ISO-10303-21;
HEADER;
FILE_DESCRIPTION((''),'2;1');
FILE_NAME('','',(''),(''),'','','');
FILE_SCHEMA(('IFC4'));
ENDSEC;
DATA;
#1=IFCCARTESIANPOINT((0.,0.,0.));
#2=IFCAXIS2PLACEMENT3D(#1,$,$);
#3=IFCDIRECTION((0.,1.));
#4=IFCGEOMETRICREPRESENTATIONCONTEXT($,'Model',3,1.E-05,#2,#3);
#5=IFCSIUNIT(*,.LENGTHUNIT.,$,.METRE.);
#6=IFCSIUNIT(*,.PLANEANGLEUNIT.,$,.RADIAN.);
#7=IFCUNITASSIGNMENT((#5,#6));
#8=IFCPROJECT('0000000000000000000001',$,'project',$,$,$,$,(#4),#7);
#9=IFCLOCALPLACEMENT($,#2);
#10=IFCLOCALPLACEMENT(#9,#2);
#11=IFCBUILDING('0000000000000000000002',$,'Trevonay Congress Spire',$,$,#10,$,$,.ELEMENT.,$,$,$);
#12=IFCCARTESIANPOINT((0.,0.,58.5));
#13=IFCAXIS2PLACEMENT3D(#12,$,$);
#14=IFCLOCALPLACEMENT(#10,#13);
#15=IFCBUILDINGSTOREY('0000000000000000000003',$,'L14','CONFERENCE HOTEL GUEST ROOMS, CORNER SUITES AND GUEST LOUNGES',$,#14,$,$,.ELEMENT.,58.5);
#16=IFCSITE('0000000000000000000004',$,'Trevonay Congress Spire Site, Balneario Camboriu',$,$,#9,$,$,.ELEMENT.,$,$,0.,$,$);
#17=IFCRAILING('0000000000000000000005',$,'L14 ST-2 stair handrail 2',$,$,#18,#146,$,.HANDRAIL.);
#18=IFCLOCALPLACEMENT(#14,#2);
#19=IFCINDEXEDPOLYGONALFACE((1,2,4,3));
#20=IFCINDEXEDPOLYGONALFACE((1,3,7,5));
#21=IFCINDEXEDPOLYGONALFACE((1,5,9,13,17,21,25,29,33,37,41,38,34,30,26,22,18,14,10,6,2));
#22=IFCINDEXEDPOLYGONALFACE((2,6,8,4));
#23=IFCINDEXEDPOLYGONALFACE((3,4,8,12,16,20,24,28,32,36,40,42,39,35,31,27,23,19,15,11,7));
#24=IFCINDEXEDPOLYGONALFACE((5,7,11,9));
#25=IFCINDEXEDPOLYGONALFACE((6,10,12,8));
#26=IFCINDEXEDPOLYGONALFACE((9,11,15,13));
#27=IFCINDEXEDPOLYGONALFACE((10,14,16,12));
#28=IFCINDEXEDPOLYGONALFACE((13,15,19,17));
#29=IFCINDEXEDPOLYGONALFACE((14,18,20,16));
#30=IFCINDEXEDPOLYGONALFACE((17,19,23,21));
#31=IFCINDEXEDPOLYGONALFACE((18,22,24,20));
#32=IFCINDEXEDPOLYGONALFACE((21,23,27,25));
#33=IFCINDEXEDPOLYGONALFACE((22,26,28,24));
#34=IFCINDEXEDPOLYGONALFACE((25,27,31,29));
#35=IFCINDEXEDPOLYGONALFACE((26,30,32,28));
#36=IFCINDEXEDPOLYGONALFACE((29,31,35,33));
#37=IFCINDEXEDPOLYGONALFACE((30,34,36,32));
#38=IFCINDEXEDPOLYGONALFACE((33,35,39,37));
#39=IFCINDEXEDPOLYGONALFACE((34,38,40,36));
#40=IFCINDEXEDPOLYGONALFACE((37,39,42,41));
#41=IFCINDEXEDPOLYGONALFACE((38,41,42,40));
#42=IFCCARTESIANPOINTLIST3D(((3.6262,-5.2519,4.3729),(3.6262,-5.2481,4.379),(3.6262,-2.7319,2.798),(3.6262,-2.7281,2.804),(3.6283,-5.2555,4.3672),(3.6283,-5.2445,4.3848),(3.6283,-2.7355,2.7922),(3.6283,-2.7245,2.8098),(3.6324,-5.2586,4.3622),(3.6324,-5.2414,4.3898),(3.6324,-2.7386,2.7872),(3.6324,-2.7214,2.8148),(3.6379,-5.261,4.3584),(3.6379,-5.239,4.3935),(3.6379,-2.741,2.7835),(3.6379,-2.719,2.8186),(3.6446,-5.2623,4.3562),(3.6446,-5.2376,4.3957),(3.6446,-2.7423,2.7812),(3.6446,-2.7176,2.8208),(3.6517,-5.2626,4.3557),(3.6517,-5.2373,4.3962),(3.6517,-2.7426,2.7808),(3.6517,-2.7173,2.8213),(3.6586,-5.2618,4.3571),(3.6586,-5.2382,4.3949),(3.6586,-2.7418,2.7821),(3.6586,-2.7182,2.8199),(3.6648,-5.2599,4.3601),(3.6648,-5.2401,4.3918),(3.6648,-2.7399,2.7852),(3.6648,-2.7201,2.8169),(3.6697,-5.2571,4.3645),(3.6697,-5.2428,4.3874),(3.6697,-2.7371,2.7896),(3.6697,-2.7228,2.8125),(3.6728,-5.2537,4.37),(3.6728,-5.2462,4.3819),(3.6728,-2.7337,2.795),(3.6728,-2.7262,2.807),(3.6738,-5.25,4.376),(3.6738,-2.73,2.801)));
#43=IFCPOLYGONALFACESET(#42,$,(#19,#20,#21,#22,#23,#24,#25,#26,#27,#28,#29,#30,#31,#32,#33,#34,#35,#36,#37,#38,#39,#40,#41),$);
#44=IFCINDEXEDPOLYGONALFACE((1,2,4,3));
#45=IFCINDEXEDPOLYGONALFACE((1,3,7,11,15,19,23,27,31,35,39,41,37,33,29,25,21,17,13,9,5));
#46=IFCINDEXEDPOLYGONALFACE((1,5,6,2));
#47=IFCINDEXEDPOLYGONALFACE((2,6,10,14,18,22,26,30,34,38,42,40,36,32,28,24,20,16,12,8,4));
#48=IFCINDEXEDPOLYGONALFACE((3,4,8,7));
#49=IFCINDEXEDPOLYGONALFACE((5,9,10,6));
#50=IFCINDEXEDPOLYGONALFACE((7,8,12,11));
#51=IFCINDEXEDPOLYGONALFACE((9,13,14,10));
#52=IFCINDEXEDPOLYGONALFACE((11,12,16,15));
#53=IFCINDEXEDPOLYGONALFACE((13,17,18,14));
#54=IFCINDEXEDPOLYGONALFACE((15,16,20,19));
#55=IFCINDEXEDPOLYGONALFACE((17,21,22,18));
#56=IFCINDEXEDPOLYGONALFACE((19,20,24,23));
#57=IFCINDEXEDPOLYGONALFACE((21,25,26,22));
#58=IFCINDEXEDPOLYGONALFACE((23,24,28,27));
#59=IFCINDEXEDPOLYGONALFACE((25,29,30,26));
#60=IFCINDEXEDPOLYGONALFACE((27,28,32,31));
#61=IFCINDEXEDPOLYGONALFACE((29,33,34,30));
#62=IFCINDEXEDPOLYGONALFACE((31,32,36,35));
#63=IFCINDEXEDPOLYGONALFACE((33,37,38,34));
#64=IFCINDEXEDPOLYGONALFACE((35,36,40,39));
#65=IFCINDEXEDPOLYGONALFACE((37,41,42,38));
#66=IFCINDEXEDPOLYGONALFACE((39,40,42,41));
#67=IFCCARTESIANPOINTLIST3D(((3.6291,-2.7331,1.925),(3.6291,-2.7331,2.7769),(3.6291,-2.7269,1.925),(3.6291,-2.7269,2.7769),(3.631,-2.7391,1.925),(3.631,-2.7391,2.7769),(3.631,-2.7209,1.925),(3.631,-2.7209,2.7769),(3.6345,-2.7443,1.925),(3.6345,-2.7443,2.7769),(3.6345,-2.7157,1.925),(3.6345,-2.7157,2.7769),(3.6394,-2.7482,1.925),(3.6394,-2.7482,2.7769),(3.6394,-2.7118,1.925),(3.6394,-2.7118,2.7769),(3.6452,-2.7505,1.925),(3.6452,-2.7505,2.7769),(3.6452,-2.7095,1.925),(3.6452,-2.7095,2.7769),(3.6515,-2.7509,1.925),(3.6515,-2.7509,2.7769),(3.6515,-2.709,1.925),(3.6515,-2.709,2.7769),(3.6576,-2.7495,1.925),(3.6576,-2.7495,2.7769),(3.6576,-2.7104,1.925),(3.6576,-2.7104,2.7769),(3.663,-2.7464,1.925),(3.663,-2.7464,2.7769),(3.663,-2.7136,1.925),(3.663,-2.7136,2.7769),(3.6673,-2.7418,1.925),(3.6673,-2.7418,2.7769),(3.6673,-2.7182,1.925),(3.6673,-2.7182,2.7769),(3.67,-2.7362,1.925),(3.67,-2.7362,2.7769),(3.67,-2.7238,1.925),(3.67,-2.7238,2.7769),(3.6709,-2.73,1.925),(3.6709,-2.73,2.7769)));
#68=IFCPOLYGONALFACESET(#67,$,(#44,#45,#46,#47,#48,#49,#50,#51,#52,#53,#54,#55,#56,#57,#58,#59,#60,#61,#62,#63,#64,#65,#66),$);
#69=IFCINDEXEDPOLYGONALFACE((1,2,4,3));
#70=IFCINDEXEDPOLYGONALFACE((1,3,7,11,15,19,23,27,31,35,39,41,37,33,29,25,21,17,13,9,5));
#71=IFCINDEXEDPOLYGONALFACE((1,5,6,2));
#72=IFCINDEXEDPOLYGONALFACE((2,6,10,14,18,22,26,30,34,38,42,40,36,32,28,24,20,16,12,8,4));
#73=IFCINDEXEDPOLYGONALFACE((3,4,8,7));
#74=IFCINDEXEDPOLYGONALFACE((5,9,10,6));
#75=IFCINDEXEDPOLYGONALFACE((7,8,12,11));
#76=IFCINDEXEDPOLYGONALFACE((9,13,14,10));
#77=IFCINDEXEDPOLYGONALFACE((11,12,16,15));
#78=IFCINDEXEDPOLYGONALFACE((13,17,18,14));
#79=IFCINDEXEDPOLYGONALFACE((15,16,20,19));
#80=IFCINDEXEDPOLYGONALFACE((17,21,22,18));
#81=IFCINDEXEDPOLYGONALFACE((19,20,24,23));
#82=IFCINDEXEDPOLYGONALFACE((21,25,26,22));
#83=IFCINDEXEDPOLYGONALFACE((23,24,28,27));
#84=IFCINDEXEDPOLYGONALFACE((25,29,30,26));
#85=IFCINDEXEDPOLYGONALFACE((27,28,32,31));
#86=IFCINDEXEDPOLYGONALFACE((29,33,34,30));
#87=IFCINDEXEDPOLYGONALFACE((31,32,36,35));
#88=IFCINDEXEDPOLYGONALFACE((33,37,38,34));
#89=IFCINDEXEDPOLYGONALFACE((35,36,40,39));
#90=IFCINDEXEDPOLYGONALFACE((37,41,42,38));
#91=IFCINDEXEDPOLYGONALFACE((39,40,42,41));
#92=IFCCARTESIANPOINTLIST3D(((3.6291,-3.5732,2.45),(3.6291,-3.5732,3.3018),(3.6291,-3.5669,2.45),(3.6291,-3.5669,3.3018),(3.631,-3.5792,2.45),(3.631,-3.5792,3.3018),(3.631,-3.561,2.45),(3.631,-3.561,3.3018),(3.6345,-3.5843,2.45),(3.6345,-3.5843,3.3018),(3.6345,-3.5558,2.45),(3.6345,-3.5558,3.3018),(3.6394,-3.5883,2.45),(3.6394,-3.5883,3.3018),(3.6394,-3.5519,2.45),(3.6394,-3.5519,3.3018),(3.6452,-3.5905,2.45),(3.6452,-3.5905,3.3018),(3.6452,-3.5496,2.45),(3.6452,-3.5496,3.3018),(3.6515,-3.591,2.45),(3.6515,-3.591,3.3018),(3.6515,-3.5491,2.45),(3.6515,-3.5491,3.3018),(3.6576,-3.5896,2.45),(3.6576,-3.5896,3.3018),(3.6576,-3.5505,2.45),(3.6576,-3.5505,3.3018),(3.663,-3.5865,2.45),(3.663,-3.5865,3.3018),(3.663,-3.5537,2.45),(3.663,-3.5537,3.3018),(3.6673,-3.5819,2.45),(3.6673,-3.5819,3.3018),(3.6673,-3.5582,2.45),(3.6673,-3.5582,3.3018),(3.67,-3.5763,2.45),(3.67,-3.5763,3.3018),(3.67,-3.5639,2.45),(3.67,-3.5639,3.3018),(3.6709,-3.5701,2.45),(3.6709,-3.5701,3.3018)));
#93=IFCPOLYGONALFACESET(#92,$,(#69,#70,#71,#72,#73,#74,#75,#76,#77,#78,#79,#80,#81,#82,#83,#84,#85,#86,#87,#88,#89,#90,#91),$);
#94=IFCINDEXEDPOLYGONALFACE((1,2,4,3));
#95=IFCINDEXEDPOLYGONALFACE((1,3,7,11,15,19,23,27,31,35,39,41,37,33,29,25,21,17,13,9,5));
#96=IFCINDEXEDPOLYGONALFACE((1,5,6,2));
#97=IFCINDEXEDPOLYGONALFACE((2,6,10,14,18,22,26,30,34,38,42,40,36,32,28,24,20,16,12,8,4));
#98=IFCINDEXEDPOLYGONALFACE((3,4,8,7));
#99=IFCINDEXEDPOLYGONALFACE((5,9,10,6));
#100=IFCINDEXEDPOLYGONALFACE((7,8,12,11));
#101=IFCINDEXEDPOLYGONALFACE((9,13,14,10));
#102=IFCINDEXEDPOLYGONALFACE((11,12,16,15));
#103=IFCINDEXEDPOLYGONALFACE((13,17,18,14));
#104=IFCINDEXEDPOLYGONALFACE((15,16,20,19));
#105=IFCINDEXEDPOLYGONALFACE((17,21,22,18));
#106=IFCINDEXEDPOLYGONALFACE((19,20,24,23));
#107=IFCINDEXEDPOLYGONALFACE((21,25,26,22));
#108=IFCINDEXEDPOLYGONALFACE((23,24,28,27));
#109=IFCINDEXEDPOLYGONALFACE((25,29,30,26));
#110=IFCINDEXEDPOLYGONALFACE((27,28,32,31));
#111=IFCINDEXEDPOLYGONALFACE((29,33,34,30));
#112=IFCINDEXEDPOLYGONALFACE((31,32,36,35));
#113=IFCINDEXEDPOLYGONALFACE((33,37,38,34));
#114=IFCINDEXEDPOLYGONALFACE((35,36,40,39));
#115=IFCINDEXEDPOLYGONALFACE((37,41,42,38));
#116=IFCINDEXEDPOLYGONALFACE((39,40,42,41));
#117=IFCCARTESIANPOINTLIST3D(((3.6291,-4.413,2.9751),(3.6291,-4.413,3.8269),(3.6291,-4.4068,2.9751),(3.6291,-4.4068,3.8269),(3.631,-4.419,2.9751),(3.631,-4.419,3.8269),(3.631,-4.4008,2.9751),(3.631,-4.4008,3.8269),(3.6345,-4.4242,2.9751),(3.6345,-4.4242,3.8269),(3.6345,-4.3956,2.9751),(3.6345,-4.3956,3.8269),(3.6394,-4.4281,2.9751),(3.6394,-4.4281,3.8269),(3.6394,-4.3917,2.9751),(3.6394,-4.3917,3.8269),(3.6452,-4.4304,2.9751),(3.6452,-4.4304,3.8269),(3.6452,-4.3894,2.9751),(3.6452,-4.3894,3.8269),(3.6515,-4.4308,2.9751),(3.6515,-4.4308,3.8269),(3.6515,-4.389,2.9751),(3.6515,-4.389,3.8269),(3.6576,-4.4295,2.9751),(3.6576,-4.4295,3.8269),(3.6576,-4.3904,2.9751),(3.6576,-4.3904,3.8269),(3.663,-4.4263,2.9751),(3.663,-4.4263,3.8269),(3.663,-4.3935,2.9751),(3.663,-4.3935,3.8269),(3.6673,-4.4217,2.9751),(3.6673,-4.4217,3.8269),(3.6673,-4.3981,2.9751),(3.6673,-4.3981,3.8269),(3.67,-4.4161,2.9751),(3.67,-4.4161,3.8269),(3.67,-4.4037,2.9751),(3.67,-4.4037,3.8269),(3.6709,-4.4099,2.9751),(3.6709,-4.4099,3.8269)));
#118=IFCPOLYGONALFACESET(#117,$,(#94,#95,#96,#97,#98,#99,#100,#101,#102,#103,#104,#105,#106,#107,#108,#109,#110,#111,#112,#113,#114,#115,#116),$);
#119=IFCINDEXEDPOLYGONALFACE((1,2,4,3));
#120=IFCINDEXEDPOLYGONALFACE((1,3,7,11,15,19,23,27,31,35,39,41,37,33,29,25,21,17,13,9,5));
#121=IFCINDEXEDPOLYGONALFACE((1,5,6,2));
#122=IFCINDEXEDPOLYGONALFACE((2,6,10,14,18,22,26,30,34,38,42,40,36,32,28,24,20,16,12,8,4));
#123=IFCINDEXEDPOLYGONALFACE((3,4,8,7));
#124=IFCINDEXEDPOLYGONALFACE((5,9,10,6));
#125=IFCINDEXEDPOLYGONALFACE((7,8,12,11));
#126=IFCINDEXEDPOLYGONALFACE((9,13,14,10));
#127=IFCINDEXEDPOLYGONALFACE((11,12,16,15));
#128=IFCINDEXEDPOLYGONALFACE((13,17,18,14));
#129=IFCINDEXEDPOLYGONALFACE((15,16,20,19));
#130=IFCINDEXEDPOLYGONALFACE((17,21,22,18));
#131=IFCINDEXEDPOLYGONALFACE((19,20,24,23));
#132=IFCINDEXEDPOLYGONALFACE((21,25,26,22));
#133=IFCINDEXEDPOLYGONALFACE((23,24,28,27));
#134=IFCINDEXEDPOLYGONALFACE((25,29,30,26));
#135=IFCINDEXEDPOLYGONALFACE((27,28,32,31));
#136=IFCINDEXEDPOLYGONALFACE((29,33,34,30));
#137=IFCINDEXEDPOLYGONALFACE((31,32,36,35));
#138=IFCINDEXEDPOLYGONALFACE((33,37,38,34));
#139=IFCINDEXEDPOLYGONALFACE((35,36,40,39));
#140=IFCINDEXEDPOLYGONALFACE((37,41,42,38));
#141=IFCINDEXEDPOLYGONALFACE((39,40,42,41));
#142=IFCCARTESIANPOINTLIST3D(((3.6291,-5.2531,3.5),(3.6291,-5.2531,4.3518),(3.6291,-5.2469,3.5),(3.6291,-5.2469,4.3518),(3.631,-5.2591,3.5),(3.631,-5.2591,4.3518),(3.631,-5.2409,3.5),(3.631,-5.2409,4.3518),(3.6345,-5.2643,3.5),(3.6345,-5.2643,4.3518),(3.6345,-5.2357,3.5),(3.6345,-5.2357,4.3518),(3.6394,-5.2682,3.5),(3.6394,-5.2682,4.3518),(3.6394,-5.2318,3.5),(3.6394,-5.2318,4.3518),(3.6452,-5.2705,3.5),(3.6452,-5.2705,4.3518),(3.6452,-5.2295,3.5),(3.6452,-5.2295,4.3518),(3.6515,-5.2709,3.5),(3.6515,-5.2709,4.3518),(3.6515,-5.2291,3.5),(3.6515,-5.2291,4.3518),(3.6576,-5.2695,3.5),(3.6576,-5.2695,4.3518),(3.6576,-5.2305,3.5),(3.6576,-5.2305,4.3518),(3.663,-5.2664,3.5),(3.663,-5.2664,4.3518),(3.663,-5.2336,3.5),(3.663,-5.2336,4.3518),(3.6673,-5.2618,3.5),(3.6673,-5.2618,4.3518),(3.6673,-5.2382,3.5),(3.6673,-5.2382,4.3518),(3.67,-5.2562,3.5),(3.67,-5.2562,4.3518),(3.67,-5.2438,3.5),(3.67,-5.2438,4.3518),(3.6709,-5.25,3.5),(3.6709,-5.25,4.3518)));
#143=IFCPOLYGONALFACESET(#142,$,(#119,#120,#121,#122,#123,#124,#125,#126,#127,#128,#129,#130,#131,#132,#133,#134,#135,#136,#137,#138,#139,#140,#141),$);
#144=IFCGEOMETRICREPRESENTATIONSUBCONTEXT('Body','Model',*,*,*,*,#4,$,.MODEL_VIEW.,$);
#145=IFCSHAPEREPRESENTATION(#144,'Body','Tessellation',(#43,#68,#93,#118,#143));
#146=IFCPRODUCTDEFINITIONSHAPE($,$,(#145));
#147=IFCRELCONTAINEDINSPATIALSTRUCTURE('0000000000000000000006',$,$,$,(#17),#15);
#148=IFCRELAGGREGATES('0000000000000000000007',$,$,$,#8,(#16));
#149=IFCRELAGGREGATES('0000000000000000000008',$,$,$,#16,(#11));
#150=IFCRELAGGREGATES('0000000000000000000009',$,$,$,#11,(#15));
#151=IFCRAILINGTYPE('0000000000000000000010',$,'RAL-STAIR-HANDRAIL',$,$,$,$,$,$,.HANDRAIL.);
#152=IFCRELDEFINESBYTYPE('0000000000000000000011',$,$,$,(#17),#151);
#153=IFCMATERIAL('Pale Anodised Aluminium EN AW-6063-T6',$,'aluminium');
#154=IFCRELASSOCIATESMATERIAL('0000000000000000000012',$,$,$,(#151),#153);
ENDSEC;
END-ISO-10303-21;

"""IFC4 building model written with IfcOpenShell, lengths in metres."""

from ifc_helpers import new_model, si_unit, direction, frame, origin, origin_2d, place, context, subcontext, project, spatial, circle, extrude, material, type_object, element, save


model = new_model("IFC4")

# Units and contexts
model_context = context("Model", 3, precision=1e-05, world=origin(), true_north=direction((0.0, 1.0)))
body_context = subcontext(model_context, "Body", "Model", "MODEL_VIEW")
ifc_project = project(units=[si_unit("LENGTHUNIT", "METRE"), si_unit("PLANEANGLEUNIT", "RADIAN")], contexts=[model_context])

# Site, building, storey
site_placement = place(None, origin())
site = spatial("IfcSite", under=ifc_project, at=site_placement, Name="Trevonay Congress Spire Site, Balneario Camboriu", CompositionType="ELEMENT", RefElevation=0.0)
building_placement = place(site_placement, origin())
building = spatial("IfcBuilding", under=site, at=building_placement, Name="Trevonay Congress Spire", CompositionType="ELEMENT")
storey_placement = place(building_placement, frame((0.0, 0.0, 58.5)))
storey = spatial("IfcBuildingStorey", under=building, at=storey_placement, Name="L14", Description="CONFERENCE HOTEL GUEST ROOMS, CORNER SUITES AND GUEST LOUNGES", CompositionType="ELEMENT", Elevation=58.5)

# Railing
ifc_material_1 = material(Name="Pale Anodised Aluminium EN AW-6063-T6", Category="aluminium")
railing_type_1 = type_object("IfcRailingType", Name="RAL-STAIR-HANDRAIL", PredefinedType="HANDRAIL", material=ifc_material_1)
railing_1_placement = place(storey_placement, frame((3.6499, -2.73, 1.925)))
element("IfcRailing", 1, at=railing_1_placement, inside=storey, type_object=railing_type_1, Name="L14 ST-2 stair handrail 2", PredefinedType="HANDRAIL", context=body_context, shape_type="SweptSolid", body=[
    extrude(circle(Radius=0.0239, at=origin_2d()), frame((0.0, 0.0, 0.876), z_axis=(0.0, -0.848008, 0.529984), x_axis=(1.0, 0.0, 0.0)), (0.0, 0.0, 1.0), 2.9717),
    extrude(circle(Radius=0.021, at=origin_2d()), origin(), (0.0, 0.0, 1.0), 0.8518),
    extrude(circle(Radius=0.021, at=origin_2d()), frame((0.0, -0.8401, 0.5249)), (0.0, 0.0, 1.0), 0.8518),
    extrude(circle(Radius=0.021, at=origin_2d()), frame((0.0, -1.6799, 1.05)), (0.0, 0.0, 1.0), 0.8518),
    extrude(circle(Radius=0.021, at=origin_2d()), frame((0.0, -2.52, 1.575)), (0.0, 0.0, 1.0), 0.8518),
])

save(model, "model.ifc")
